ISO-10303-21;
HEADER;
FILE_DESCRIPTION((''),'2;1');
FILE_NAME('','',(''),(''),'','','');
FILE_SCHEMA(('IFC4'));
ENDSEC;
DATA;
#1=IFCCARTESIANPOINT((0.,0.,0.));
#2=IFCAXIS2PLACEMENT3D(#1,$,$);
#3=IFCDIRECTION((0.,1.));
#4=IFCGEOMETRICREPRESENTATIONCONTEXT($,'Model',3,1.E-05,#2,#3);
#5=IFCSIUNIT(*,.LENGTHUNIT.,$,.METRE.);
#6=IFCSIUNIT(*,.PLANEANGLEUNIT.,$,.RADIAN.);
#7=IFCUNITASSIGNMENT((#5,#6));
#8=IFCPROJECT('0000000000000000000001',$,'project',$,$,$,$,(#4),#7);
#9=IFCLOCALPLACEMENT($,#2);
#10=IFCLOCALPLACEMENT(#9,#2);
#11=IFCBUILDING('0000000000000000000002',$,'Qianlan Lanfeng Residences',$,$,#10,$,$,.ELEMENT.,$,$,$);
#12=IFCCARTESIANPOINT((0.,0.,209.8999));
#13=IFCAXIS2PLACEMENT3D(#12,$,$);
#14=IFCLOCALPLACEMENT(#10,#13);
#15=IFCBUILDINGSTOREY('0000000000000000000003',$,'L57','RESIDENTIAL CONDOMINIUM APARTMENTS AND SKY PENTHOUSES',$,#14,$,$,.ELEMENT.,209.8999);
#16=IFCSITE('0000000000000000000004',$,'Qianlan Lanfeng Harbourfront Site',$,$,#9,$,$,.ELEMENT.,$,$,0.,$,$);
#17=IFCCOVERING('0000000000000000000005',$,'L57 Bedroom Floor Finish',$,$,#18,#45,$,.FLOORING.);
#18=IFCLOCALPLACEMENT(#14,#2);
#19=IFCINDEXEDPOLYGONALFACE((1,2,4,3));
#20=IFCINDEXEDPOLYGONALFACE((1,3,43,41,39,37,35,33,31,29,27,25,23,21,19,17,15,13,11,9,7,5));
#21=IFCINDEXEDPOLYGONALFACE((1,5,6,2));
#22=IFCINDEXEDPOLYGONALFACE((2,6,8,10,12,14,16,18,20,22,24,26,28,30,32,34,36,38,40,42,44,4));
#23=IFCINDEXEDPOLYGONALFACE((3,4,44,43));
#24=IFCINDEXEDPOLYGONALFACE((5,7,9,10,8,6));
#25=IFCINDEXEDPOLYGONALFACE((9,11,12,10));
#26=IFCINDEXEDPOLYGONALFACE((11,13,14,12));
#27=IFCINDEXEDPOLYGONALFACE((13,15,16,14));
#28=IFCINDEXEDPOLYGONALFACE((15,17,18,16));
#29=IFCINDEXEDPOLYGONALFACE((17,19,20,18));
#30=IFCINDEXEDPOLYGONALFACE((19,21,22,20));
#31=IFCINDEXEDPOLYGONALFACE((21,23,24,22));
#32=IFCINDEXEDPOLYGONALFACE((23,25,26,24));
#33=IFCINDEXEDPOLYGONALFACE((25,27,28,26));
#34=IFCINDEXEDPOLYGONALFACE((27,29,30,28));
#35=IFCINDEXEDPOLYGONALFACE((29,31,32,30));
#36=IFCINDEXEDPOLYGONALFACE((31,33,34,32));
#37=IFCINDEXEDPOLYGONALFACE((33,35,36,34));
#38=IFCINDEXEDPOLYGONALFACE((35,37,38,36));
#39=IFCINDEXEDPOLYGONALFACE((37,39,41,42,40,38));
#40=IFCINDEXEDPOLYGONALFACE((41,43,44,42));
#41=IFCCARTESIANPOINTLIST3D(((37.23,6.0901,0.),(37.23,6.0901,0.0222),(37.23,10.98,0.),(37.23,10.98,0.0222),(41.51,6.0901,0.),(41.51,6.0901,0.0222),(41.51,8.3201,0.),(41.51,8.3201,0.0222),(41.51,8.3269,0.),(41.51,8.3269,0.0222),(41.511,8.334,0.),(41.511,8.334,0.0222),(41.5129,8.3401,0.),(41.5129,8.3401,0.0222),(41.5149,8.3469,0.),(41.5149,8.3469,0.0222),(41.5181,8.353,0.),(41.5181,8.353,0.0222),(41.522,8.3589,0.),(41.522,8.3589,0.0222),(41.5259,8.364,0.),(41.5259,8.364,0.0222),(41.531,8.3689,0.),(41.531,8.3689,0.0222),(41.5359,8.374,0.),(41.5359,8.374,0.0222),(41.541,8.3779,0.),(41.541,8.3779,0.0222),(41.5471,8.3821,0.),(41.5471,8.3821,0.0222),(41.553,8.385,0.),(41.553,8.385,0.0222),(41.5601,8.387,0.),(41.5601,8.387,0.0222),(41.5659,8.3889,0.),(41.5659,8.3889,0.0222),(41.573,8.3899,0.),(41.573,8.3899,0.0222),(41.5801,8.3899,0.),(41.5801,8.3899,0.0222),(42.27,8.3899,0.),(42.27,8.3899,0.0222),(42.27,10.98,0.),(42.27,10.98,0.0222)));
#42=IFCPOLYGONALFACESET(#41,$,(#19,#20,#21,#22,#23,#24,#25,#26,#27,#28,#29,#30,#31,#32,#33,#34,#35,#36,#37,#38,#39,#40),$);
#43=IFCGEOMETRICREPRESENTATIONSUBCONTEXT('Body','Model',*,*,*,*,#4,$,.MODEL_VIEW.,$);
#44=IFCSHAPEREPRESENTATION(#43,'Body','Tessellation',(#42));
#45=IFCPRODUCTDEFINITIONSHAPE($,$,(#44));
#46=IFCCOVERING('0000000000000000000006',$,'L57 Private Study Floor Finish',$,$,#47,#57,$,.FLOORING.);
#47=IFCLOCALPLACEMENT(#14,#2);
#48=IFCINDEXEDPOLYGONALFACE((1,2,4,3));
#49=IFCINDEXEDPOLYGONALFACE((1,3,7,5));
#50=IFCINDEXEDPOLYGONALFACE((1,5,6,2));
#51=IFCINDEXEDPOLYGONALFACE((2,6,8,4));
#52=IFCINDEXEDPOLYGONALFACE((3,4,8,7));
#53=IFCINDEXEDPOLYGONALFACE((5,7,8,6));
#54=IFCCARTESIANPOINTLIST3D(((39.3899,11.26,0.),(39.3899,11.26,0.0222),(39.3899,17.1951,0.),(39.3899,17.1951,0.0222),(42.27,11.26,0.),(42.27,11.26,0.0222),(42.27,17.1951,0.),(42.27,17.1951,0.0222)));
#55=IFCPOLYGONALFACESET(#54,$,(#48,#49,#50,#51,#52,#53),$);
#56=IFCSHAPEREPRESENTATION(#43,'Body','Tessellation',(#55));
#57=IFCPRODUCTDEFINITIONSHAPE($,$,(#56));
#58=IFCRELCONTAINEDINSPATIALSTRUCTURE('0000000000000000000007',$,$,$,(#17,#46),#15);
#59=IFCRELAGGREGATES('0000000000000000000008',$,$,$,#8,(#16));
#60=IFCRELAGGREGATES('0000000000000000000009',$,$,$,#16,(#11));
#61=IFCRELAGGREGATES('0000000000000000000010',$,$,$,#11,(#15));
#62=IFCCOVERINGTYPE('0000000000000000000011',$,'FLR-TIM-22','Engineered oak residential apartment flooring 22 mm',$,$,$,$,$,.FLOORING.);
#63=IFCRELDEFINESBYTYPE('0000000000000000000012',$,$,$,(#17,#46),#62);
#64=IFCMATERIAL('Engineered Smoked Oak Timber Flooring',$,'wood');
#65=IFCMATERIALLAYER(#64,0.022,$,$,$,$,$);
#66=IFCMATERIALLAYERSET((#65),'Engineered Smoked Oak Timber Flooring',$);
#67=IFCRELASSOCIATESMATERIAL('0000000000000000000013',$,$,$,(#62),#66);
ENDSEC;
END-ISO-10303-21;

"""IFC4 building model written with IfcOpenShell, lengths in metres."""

from ifc_helpers import new_model, si_unit, direction, frame, origin, place, context, subcontext, project, spatial, polyline, outline, extrude, material, layer, layer_set, type_object, element, save


model = new_model("IFC4")

# Units and contexts
model_context = context("Model", 3, precision=1e-05, world=origin(), true_north=direction((0.0, 1.0)))
body_context = subcontext(model_context, "Body", "Model", "MODEL_VIEW")
ifc_project = project(units=[si_unit("LENGTHUNIT", "METRE"), si_unit("PLANEANGLEUNIT", "RADIAN")], contexts=[model_context])

# Site, building, storey
site_placement = place(None, origin())
site = spatial("IfcSite", under=ifc_project, at=site_placement, Name="Qianlan Lanfeng Harbourfront Site", CompositionType="ELEMENT", RefElevation=0.0)
building_placement = place(site_placement, origin())
building = spatial("IfcBuilding", under=site, at=building_placement, Name="Qianlan Lanfeng Residences", CompositionType="ELEMENT")
storey_placement = place(building_placement, frame((0.0, 0.0, 209.8999)))
storey = spatial("IfcBuildingStorey", under=building, at=storey_placement, Name="L57", Description="RESIDENTIAL CONDOMINIUM APARTMENTS AND SKY PENTHOUSES", CompositionType="ELEMENT", Elevation=209.8999)

# Coverings
ifc_material_1 = material(Name="Engineered Smoked Oak Timber Flooring", Category="wood")
ifc_layer_1 = layer(ifc_material_1, 0.022)
ifc_layer_set_1 = layer_set([ifc_layer_1], Name="Engineered Smoked Oak Timber Flooring")
covering_type_1 = type_object("IfcCoveringType", Name="FLR-TIM-22", Description="Engineered oak residential apartment flooring 22 mm", PredefinedType="FLOORING", material=ifc_layer_set_1)
covering_1_placement = place(storey_placement, origin())
element("IfcCovering", 1, at=covering_1_placement, inside=storey, type_object=covering_type_1, Name="L57 Bedroom Floor Finish", PredefinedType="FLOORING", context=body_context, shape_type="SweptSolid", body=[
    extrude(outline(polyline([(37.23, 10.98), (37.23, 6.0901), (41.51, 6.0901), (41.51, 8.3201), (41.51, 8.3269), (41.511, 8.334), (41.5129, 8.3401), (41.5149, 8.3469), (41.5181, 8.353), (41.522, 8.3589), (41.5259, 8.364), (41.531, 8.3689), (41.5359, 8.374), (41.541, 8.3779), (41.5471, 8.3821), (41.553, 8.385), (41.5601, 8.387), (41.5659, 8.3889), (41.573, 8.3899), (41.5801, 8.3899), (42.27, 8.3899), (42.27, 10.98), (37.23, 10.98)])), origin(), (0.0, 0.0, 1.0), 0.0222),
])
covering_2_placement = place(storey_placement, origin())
element("IfcCovering", 2, at=covering_2_placement, inside=storey, type_object=covering_type_1, Name="L57 Private Study Floor Finish", PredefinedType="FLOORING", context=body_context, shape_type="SweptSolid", body=[
    extrude(outline(polyline([(39.3899, 11.26), (42.27, 11.26), (42.27, 17.1951), (39.3899, 17.1951), (39.3899, 11.26)])), origin(), (0.0, 0.0, 1.0), 0.0222),
])

save(model, "model.ifc")
